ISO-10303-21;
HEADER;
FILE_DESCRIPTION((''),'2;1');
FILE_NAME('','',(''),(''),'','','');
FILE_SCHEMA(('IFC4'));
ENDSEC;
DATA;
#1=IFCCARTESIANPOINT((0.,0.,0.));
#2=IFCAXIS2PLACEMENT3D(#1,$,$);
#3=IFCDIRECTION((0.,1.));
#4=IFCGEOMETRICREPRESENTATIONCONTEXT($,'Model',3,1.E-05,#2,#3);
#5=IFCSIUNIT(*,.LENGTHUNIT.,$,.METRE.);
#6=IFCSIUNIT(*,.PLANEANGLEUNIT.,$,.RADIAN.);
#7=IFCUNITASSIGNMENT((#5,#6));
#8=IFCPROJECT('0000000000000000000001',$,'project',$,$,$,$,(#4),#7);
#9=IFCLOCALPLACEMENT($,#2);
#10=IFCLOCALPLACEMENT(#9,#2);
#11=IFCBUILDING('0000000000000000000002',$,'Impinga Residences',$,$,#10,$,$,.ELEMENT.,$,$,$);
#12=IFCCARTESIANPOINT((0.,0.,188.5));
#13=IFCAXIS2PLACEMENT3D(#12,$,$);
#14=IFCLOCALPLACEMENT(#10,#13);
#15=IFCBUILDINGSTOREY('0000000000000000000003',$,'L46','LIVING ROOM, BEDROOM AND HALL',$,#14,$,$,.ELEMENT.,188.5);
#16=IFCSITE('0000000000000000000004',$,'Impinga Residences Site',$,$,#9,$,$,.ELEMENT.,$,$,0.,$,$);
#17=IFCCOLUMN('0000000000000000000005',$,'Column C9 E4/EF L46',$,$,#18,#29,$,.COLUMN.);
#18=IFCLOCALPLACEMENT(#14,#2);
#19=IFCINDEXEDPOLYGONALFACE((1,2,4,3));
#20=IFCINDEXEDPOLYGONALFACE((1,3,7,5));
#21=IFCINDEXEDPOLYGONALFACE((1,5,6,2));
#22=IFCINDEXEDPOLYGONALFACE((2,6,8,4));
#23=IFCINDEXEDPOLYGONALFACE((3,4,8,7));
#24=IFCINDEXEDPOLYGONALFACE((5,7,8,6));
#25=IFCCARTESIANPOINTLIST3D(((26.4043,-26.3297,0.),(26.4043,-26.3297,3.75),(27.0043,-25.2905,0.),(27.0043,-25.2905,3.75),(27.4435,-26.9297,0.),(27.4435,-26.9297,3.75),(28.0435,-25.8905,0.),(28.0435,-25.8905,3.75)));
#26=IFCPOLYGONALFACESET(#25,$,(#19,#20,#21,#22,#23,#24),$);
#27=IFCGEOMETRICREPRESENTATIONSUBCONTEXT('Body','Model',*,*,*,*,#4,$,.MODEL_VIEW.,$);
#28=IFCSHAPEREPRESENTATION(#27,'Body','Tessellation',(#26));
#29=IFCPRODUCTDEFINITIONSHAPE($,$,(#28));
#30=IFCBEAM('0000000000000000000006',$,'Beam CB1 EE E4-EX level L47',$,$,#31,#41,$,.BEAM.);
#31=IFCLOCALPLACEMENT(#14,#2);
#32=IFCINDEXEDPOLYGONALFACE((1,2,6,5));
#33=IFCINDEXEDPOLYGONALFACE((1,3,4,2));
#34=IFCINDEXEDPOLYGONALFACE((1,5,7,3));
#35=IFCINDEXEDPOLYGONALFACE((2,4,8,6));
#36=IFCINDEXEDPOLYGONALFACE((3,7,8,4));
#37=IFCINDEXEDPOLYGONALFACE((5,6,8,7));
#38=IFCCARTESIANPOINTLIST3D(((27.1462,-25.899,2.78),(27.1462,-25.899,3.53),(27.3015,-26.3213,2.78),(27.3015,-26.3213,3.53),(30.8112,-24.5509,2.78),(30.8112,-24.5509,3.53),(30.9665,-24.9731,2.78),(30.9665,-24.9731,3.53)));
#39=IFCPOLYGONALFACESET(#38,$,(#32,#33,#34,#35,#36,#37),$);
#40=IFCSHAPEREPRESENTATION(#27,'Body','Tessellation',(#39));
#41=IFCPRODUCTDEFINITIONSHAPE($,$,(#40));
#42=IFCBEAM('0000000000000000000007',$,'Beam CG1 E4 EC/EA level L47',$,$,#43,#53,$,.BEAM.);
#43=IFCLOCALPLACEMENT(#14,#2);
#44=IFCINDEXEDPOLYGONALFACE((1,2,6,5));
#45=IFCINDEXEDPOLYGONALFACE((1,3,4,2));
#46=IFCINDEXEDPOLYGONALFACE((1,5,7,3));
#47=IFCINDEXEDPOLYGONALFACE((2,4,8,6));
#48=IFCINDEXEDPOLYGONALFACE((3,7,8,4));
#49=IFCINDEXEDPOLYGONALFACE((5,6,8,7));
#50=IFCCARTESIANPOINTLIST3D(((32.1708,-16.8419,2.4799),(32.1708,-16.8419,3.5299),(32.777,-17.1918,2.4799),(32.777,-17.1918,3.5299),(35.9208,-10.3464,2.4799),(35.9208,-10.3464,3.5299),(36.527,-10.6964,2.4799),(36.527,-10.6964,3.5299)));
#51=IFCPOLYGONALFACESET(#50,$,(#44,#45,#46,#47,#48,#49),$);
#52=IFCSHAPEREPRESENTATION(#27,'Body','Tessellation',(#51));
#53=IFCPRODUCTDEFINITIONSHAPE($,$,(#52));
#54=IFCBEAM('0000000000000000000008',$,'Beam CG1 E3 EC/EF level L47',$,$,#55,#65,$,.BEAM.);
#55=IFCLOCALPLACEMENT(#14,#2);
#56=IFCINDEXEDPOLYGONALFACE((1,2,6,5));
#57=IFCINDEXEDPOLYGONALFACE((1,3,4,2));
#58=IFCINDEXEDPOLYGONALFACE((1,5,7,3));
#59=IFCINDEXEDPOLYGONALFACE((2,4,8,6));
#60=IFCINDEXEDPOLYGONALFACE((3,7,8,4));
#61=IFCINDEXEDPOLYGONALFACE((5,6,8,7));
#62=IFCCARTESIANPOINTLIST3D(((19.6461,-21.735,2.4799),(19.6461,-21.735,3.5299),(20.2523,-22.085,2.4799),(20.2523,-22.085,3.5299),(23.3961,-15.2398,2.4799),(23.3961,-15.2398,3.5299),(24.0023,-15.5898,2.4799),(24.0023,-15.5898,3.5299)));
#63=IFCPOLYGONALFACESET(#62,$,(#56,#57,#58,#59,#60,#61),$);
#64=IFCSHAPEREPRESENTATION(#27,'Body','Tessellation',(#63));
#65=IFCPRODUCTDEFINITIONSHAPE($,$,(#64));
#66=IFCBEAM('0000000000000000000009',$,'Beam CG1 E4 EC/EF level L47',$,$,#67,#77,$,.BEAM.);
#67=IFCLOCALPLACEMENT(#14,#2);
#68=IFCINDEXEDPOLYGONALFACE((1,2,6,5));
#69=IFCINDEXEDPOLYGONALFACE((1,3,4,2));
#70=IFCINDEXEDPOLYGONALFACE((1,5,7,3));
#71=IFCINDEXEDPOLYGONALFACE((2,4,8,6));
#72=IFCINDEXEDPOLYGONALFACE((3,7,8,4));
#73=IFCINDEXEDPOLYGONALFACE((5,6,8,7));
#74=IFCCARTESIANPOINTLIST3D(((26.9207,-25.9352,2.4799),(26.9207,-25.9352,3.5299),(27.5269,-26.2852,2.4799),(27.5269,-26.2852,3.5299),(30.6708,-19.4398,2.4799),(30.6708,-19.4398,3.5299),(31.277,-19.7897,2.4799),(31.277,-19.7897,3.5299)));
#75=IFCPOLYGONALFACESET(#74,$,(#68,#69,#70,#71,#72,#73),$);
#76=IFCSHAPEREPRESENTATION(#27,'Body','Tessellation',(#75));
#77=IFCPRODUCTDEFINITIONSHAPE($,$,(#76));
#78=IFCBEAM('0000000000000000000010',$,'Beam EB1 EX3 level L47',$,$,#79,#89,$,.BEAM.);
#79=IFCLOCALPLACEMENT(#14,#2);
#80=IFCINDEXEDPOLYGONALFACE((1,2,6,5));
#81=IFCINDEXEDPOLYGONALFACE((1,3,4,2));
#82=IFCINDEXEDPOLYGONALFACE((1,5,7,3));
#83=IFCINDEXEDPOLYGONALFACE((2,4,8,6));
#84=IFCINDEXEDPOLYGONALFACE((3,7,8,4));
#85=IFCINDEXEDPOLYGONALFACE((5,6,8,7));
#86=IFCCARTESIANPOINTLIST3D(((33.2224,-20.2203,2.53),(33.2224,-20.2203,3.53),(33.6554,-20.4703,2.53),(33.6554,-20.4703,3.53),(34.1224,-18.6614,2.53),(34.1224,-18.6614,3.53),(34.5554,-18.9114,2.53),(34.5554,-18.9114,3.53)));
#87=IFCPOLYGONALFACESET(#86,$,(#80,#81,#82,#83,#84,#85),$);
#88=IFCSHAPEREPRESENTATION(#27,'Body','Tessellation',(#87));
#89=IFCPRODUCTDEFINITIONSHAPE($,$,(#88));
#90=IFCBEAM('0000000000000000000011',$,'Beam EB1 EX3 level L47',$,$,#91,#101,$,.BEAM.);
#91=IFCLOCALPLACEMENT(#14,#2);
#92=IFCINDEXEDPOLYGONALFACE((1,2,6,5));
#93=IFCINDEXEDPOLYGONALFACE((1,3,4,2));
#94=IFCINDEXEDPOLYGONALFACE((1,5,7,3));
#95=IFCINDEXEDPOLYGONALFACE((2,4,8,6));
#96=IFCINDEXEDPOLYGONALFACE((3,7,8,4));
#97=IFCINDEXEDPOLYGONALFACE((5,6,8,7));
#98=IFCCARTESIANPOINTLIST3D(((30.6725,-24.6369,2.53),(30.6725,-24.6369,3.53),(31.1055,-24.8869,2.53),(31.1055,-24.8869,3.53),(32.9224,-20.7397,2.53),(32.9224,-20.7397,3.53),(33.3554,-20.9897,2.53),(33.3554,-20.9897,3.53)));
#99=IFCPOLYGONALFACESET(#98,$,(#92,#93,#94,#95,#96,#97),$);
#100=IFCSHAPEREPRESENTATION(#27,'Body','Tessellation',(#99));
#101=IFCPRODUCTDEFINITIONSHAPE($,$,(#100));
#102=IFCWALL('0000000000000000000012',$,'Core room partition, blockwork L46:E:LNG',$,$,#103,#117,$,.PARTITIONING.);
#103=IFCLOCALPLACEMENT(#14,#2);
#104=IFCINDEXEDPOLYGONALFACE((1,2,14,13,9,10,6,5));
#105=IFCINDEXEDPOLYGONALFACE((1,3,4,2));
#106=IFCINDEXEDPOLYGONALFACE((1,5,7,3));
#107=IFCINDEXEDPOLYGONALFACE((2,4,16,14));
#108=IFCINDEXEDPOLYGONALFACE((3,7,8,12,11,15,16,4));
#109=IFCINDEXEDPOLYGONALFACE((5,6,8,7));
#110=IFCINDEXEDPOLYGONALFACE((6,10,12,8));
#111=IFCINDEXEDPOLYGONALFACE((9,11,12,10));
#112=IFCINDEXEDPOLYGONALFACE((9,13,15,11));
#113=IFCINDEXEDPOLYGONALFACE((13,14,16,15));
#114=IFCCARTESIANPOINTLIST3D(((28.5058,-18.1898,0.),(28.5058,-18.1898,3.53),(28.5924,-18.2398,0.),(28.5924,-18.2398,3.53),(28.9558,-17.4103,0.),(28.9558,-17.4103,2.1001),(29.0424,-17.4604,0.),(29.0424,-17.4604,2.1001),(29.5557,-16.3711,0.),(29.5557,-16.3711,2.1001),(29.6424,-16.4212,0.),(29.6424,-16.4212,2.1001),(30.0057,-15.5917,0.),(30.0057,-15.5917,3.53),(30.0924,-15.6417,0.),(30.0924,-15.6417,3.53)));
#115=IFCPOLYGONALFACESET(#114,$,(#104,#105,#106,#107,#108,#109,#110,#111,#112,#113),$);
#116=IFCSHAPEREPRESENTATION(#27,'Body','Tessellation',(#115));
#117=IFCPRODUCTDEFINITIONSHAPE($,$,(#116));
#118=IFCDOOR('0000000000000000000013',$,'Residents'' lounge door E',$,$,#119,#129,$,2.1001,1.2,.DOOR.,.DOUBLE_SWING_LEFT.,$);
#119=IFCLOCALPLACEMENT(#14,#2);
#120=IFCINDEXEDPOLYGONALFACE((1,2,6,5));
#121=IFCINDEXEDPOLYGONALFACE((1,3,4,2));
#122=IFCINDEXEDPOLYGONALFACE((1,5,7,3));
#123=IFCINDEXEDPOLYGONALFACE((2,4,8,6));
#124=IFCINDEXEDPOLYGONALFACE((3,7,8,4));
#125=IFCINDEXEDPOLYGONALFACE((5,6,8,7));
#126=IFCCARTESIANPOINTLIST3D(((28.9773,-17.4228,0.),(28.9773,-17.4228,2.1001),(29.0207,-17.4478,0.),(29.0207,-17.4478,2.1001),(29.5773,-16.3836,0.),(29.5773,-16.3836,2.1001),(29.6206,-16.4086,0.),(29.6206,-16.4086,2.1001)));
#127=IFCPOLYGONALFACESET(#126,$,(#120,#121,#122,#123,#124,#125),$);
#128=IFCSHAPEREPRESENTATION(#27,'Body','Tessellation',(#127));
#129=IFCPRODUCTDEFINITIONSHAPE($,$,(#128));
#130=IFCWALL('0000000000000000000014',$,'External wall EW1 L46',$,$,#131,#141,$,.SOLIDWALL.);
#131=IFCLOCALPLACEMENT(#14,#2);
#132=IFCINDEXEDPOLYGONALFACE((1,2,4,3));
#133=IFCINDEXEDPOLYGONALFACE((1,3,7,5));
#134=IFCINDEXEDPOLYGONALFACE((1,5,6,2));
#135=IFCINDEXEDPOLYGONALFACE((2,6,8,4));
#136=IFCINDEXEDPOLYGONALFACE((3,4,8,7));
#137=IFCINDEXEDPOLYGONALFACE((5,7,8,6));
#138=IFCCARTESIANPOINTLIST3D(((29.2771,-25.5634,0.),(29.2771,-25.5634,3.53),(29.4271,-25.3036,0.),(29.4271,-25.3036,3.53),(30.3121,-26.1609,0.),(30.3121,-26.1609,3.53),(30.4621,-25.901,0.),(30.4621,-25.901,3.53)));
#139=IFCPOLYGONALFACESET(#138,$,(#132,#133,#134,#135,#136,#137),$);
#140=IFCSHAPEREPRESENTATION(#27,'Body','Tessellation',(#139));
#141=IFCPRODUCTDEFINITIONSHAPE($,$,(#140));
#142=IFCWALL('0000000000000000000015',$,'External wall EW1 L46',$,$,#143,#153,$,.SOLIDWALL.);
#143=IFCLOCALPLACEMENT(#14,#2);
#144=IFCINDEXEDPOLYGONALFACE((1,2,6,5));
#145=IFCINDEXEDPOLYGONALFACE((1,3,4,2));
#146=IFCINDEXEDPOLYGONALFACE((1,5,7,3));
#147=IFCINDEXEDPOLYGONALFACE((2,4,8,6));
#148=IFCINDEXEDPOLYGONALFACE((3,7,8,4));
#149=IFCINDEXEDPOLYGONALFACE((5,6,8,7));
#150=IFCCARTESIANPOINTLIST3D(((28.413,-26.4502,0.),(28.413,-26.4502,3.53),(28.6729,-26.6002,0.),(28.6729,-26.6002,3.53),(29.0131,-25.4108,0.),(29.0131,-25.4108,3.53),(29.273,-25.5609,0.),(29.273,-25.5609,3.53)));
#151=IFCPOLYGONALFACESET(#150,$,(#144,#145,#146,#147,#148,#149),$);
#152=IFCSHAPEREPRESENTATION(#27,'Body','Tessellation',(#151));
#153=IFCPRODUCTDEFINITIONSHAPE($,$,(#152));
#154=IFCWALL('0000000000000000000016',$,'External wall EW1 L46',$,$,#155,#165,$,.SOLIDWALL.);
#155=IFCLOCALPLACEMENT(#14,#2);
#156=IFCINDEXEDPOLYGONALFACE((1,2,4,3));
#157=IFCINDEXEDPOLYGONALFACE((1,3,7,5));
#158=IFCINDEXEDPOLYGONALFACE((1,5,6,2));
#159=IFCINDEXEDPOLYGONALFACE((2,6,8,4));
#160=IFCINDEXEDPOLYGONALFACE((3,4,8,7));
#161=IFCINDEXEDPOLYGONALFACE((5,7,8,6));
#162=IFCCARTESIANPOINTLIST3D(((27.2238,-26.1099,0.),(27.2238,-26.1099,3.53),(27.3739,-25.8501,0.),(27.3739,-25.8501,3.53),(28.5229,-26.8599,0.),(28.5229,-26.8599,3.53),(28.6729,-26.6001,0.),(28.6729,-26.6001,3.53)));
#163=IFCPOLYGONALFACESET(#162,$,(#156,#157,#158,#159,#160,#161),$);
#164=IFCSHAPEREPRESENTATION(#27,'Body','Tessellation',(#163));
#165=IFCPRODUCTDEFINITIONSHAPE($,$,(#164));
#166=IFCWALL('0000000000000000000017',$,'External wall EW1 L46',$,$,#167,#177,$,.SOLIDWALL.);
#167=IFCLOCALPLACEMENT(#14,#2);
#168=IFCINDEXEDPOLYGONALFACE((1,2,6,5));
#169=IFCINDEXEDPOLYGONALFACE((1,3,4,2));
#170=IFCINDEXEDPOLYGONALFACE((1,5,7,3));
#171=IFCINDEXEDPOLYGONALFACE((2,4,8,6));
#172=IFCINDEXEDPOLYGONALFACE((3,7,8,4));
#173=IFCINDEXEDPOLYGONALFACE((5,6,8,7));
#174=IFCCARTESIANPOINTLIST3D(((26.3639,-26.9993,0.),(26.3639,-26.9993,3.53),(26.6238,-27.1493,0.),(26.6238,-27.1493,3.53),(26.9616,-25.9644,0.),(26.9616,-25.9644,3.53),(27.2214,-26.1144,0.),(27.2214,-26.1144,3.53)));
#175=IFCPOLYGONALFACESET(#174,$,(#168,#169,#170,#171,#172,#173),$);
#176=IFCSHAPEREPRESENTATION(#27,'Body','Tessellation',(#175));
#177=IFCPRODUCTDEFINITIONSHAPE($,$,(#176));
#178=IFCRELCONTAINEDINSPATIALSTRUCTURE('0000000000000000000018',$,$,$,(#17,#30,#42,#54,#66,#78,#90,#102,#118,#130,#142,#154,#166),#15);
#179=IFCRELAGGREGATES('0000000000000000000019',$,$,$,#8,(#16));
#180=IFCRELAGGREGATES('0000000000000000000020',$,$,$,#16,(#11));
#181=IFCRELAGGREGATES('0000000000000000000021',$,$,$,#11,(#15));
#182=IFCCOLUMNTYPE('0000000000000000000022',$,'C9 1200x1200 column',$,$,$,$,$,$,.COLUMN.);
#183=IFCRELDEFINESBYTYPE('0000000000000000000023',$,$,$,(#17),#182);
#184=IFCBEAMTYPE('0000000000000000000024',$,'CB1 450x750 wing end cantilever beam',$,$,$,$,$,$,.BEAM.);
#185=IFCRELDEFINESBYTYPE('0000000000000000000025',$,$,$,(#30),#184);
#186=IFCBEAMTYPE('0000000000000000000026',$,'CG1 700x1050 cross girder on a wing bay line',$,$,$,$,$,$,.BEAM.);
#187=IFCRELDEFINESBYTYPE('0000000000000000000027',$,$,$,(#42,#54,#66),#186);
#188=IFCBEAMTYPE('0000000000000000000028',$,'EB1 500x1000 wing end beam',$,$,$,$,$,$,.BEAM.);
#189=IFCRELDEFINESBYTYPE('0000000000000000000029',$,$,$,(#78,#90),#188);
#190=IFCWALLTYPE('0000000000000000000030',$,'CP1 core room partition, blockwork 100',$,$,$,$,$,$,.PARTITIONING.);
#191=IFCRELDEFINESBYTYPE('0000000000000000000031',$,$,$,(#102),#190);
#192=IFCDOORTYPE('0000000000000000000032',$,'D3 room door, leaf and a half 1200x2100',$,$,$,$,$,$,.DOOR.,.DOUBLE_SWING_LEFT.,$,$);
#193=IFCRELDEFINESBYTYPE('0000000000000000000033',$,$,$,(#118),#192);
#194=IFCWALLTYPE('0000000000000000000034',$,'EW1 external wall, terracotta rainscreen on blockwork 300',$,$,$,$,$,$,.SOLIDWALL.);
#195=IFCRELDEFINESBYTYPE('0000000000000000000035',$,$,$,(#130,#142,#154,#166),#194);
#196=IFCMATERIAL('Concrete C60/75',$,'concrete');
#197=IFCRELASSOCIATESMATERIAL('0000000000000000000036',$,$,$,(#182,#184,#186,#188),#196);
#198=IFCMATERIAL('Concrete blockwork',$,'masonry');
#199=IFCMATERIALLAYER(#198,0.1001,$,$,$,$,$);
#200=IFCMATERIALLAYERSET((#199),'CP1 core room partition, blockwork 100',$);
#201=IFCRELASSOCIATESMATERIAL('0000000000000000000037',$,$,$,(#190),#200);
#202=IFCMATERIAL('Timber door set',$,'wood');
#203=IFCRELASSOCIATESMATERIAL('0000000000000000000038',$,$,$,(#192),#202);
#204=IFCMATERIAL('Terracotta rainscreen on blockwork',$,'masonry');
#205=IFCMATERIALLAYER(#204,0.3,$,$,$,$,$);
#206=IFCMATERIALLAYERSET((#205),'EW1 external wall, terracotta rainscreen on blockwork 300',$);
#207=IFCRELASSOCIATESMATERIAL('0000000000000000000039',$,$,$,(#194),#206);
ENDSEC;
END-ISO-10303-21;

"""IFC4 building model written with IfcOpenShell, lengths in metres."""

from ifc_helpers import new_model, si_unit, direction, frame, frame_2d, origin, origin_2d, place, context, subcontext, project, spatial, rectangle, extrude, material, layer, layer_set, material_profile, profile_set, type_object, element, fill, save


model = new_model("IFC4")

# Units and contexts
model_context = context("Model", 3, precision=1e-05, world=origin(), true_north=direction((0.0, 1.0)))
body_context = subcontext(model_context, "Body", "Model", "MODEL_VIEW")
ifc_project = project(units=[si_unit("LENGTHUNIT", "METRE"), si_unit("PLANEANGLEUNIT", "RADIAN")], contexts=[model_context])

# Site, building, storey
site_placement = place(None, origin())
site = spatial("IfcSite", under=ifc_project, at=site_placement, Name="Impinga Residences Site", CompositionType="ELEMENT", RefElevation=0.0)
building_placement = place(site_placement, origin())
building = spatial("IfcBuilding", under=site, at=building_placement, Name="Impinga Residences", CompositionType="ELEMENT")
storey_placement = place(building_placement, frame((0.0, 0.0, 188.5)))
storey = spatial("IfcBuildingStorey", under=building, at=storey_placement, Name="L46", Description="LIVING ROOM, BEDROOM AND HALL", CompositionType="ELEMENT", Elevation=188.5)

# Column
ifc_material_1 = material(Name="Concrete C60/75", Category="concrete")
ifc_material_profile_1 = material_profile(ifc_material_1, rectangle(XDim=1.2, YDim=1.2, at=origin_2d()), Name="RC 1200x1200")
ifc_profile_set_1 = profile_set([ifc_material_profile_1], Name="Concrete C60/75")
column_type = type_object("IfcColumnType", Name="C9 1200x1200 column", PredefinedType="COLUMN", material=ifc_profile_set_1)
column_placement = place(storey_placement, frame((27.2239, -26.1101, 0.0), z_axis=(0.0, 0.0, 1.0), x_axis=(-0.5, -0.866025, 0.0)))
element("IfcColumn", 1, at=column_placement, inside=storey, type_object=column_type, Name="Column C9 E4/EF L46", PredefinedType="COLUMN", context=body_context, shape_type="SweptSolid", body=[
    extrude(rectangle(XDim=1.2, YDim=1.2, at=origin_2d()), origin(), (0.0, 0.0, 1.0), 3.75),
])

# Beams
ifc_material_profile_2 = material_profile(ifc_material_1, rectangle(XDim=0.45, YDim=0.75, at=origin_2d()), Name="RC 450x750")
ifc_profile_set_2 = profile_set([ifc_material_profile_2], Name="Concrete C60/75")
beam_type_1 = type_object("IfcBeamType", Name="CB1 450x750 wing end cantilever beam", PredefinedType="BEAM", material=ifc_profile_set_2)
beam_1_placement = place(storey_placement, frame((27.2239, -26.1101, 3.155), z_axis=(0.93852, 0.345224, 0.0), x_axis=(-0.345224, 0.93852, 0.0)))
element("IfcBeam", 2, at=beam_1_placement, inside=storey, type_object=beam_type_1, Name="Beam CB1 EE E4-EX level L47", PredefinedType="BEAM", context=body_context, shape_type="SweptSolid", body=[
    extrude(rectangle(XDim=0.45, YDim=0.75, at=origin_2d()), origin(), (0.0, 0.0, 1.0), 3.905),
])
ifc_material_profile_3 = material_profile(ifc_material_1, rectangle(XDim=0.7, YDim=1.05, at=origin_2d()), Name="RC 700x1050")
ifc_profile_set_3 = profile_set([ifc_material_profile_3], Name="Concrete C60/75")
beam_type_2 = type_object("IfcBeamType", Name="CG1 700x1050 cross girder on a wing bay line", PredefinedType="BEAM", material=ifc_profile_set_3)
beam_2_placement = place(storey_placement, frame((32.4739, -17.0168, 3.0049), z_axis=(0.49999, 0.866031, 0.0), x_axis=(-0.866031, 0.49999, 0.0)))
element("IfcBeam", 3, at=beam_2_placement, inside=storey, type_object=beam_type_2, Name="Beam CG1 E4 EC/EA level L47", PredefinedType="BEAM", context=body_context, shape_type="SweptSolid", body=[
    extrude(rectangle(XDim=0.7, YDim=1.05, at=origin_2d()), origin(), (0.0, 0.0, 1.0), 7.5002),
])
beam_3_placement = place(storey_placement, frame((23.6992, -15.4148, 3.0049), z_axis=(-0.500004, -0.866023, 0.0), x_axis=(0.866023, -0.500004, 0.0)))
element("IfcBeam", 4, at=beam_3_placement, inside=storey, type_object=beam_type_2, Name="Beam CG1 E3 EC/EF level L47", PredefinedType="BEAM", context=body_context, shape_type="SweptSolid", body=[
    extrude(rectangle(XDim=0.7, YDim=1.05, at=origin_2d()), origin(), (0.0, 0.0, 1.0), 7.5),
])
beam_4_placement = place(storey_placement, frame((30.9739, -19.6147, 3.0049), z_axis=(-0.49999, -0.866031, 0.0), x_axis=(0.866031, -0.49999, 0.0)))
element("IfcBeam", 5, at=beam_4_placement, inside=storey, type_object=beam_type_2, Name="Beam CG1 E4 EC/EF level L47", PredefinedType="BEAM", context=body_context, shape_type="SweptSolid", body=[
    extrude(rectangle(XDim=0.7, YDim=1.05, at=origin_2d()), origin(), (0.0, 0.0, 1.0), 7.5002),
])
ifc_material_profile_4 = material_profile(ifc_material_1, rectangle(XDim=0.5, YDim=1.0, at=origin_2d()), Name="RC 500x1000")
ifc_profile_set_4 = profile_set([ifc_material_profile_4], Name="Concrete C60/75")
beam_type_3 = type_object("IfcBeamType", Name="EB1 500x1000 wing end beam", PredefinedType="BEAM", material=ifc_profile_set_4)
beam_5_placement = place(storey_placement, frame((34.3389, -18.7864, 3.03), z_axis=(-0.499961, -0.866048, 0.0), x_axis=(0.866048, -0.499961, 0.0)))
element("IfcBeam", 6, at=beam_5_placement, inside=storey, type_object=beam_type_3, Name="Beam EB1 EX3 level L47", PredefinedType="BEAM", context=body_context, shape_type="SweptSolid", body=[
    extrude(rectangle(XDim=0.5, YDim=1.0, at=origin_2d()), origin(), (0.0, 0.0, 1.0), 1.8),
])
beam_6_placement = place(storey_placement, frame((33.1389, -20.8647, 3.03), z_axis=(-0.49999, -0.866031, 0.0), x_axis=(0.866031, -0.49999, 0.0)))
element("IfcBeam", 7, at=beam_6_placement, inside=storey, type_object=beam_type_3, Name="Beam EB1 EX3 level L47", PredefinedType="BEAM", context=body_context, shape_type="SweptSolid", body=[
    extrude(rectangle(XDim=0.5, YDim=1.0, at=origin_2d()), origin(), (0.0, 0.0, 1.0), 4.5),
])

# Wall, opening, door
ifc_material_2 = material(Name="Concrete blockwork", Category="masonry")
ifc_layer_1 = layer(ifc_material_2, 0.1001)
ifc_layer_set_1 = layer_set([ifc_layer_1], Name="CP1 core room partition, blockwork 100")
wall_type_1 = type_object("IfcWallType", Name="CP1 core room partition, blockwork 100", PredefinedType="PARTITIONING", material=ifc_layer_set_1)
wall_1_placement = place(storey_placement, frame((30.0491, -15.6167, 0.0), z_axis=(0.0, 0.0, 1.0), x_axis=(-0.49999, -0.866031, 0.0)))
wall_1 = element("IfcWall", 8, at=wall_1_placement, inside=storey, type_object=wall_type_1, Name="Core room partition, blockwork L46:E:LNG", PredefinedType="PARTITIONING", context=body_context, shape_type="SweptSolid", body=[
    extrude(rectangle(XDim=3.0, YDim=0.1001, at=frame_2d((1.5, 0.0))), origin(), (0.0, 0.0, 1.0), 3.53),
])
opening_1_placement = place(wall_1_placement, frame((0.8999, 0.0, 0.0)))
opening_1 = element("IfcOpeningElement", 9, at=opening_1_placement, cuts=wall_1, PredefinedType="OPENING", context=body_context, shape_type="SweptSolid", body=[
    extrude(rectangle(XDim=1.2, YDim=2.1001, at=frame_2d((0.6001, 1.05))), frame((0.0, 0.0601, 0.0), z_axis=(0.0, -1.0, 0.0), x_axis=(1.0, 0.0, 0.0)), (0.0, 0.0, 1.0), 0.1201),
])
ifc_material_3 = material(Name="Timber door set", Category="wood")
door_type_1 = type_object("IfcDoorType", Name="D3 room door, leaf and a half 1200x2100", OperationType="DOUBLE_SWING_LEFT", PredefinedType="DOOR", material=ifc_material_3)
door_1_placement = place(opening_1_placement, origin())
door_1 = element("IfcDoor", 10, at=door_1_placement, inside=storey, type_object=door_type_1, Name="Residents' lounge door E", OperationType="DOUBLE_SWING_LEFT", OverallHeight=2.1001, OverallWidth=1.2, PredefinedType="DOOR", context=body_context, shape_type="SweptSolid", body=[
    extrude(rectangle(XDim=1.2, YDim=2.1001, at=frame_2d((0.6001, 1.05))), frame((0.0, 0.0249, 0.0), z_axis=(0.0, -1.0, 0.0), x_axis=(1.0, 0.0, 0.0)), (0.0, 0.0, 1.0), 0.05),
])
fill(opening_1, door_1)

# Walls
ifc_material_4 = material(Name="Terracotta rainscreen on blockwork", Category="masonry")
ifc_layer_2 = layer(ifc_material_4, 0.3)
ifc_layer_set_2 = layer_set([ifc_layer_2], Name="EW1 external wall, terracotta rainscreen on blockwork 300")
wall_type_2 = type_object("IfcWallType", Name="EW1 external wall, terracotta rainscreen on blockwork 300", PredefinedType="SOLIDWALL", material=ifc_layer_set_2)
wall_2_placement = place(storey_placement, frame((30.3872, -26.031, 0.0), z_axis=(0.0, 0.0, 1.0), x_axis=(-0.86606, 0.499941, 0.0)))
element("IfcWall", 11, at=wall_2_placement, inside=storey, type_object=wall_type_2, Name="External wall EW1 L46", PredefinedType="SOLIDWALL", context=body_context, shape_type="SweptSolid", body=[
    extrude(rectangle(XDim=1.1951, YDim=0.3, at=frame_2d((0.5977, 0.0))), origin(), (0.0, 0.0, 1.0), 3.53),
])
wall_3_placement = place(storey_placement, frame((29.1431, -25.4858, 0.0), z_axis=(0.0, 0.0, 1.0), x_axis=(-0.500034, -0.866006, 0.0)))
element("IfcWall", 12, at=wall_3_placement, inside=storey, type_object=wall_type_2, Name="External wall EW1 L46", PredefinedType="SOLIDWALL", context=body_context, shape_type="SweptSolid", body=[
    extrude(rectangle(XDim=1.2002, YDim=0.3, at=frame_2d((0.6001, 0.0))), origin(), (0.0, 0.0, 1.0), 3.53),
])
wall_4_placement = place(storey_placement, frame((28.5979, -26.73, 0.0), z_axis=(0.0, 0.0, 1.0), x_axis=(-0.866031, 0.49999, 0.0)))
element("IfcWall", 13, at=wall_4_placement, inside=storey, type_object=wall_type_2, Name="External wall EW1 L46", PredefinedType="SOLIDWALL", context=body_context, shape_type="SweptSolid", body=[
    extrude(rectangle(XDim=1.5, YDim=0.3, at=frame_2d((0.75, 0.0))), origin(), (0.0, 0.0, 1.0), 3.53),
])
wall_5_placement = place(storey_placement, frame((27.0916, -26.0393, 0.0), z_axis=(0.0, 0.0, 1.0), x_axis=(-0.500094, -0.865971, 0.0)))
element("IfcWall", 14, at=wall_5_placement, inside=storey, type_object=wall_type_2, Name="External wall EW1 L46", PredefinedType="SOLIDWALL", context=body_context, shape_type="SweptSolid", body=[
    extrude(rectangle(XDim=1.1951, YDim=0.3, at=frame_2d((0.5977, 0.0))), origin(), (0.0, 0.0, 1.0), 3.53),
])

save(model, "model.ifc")
